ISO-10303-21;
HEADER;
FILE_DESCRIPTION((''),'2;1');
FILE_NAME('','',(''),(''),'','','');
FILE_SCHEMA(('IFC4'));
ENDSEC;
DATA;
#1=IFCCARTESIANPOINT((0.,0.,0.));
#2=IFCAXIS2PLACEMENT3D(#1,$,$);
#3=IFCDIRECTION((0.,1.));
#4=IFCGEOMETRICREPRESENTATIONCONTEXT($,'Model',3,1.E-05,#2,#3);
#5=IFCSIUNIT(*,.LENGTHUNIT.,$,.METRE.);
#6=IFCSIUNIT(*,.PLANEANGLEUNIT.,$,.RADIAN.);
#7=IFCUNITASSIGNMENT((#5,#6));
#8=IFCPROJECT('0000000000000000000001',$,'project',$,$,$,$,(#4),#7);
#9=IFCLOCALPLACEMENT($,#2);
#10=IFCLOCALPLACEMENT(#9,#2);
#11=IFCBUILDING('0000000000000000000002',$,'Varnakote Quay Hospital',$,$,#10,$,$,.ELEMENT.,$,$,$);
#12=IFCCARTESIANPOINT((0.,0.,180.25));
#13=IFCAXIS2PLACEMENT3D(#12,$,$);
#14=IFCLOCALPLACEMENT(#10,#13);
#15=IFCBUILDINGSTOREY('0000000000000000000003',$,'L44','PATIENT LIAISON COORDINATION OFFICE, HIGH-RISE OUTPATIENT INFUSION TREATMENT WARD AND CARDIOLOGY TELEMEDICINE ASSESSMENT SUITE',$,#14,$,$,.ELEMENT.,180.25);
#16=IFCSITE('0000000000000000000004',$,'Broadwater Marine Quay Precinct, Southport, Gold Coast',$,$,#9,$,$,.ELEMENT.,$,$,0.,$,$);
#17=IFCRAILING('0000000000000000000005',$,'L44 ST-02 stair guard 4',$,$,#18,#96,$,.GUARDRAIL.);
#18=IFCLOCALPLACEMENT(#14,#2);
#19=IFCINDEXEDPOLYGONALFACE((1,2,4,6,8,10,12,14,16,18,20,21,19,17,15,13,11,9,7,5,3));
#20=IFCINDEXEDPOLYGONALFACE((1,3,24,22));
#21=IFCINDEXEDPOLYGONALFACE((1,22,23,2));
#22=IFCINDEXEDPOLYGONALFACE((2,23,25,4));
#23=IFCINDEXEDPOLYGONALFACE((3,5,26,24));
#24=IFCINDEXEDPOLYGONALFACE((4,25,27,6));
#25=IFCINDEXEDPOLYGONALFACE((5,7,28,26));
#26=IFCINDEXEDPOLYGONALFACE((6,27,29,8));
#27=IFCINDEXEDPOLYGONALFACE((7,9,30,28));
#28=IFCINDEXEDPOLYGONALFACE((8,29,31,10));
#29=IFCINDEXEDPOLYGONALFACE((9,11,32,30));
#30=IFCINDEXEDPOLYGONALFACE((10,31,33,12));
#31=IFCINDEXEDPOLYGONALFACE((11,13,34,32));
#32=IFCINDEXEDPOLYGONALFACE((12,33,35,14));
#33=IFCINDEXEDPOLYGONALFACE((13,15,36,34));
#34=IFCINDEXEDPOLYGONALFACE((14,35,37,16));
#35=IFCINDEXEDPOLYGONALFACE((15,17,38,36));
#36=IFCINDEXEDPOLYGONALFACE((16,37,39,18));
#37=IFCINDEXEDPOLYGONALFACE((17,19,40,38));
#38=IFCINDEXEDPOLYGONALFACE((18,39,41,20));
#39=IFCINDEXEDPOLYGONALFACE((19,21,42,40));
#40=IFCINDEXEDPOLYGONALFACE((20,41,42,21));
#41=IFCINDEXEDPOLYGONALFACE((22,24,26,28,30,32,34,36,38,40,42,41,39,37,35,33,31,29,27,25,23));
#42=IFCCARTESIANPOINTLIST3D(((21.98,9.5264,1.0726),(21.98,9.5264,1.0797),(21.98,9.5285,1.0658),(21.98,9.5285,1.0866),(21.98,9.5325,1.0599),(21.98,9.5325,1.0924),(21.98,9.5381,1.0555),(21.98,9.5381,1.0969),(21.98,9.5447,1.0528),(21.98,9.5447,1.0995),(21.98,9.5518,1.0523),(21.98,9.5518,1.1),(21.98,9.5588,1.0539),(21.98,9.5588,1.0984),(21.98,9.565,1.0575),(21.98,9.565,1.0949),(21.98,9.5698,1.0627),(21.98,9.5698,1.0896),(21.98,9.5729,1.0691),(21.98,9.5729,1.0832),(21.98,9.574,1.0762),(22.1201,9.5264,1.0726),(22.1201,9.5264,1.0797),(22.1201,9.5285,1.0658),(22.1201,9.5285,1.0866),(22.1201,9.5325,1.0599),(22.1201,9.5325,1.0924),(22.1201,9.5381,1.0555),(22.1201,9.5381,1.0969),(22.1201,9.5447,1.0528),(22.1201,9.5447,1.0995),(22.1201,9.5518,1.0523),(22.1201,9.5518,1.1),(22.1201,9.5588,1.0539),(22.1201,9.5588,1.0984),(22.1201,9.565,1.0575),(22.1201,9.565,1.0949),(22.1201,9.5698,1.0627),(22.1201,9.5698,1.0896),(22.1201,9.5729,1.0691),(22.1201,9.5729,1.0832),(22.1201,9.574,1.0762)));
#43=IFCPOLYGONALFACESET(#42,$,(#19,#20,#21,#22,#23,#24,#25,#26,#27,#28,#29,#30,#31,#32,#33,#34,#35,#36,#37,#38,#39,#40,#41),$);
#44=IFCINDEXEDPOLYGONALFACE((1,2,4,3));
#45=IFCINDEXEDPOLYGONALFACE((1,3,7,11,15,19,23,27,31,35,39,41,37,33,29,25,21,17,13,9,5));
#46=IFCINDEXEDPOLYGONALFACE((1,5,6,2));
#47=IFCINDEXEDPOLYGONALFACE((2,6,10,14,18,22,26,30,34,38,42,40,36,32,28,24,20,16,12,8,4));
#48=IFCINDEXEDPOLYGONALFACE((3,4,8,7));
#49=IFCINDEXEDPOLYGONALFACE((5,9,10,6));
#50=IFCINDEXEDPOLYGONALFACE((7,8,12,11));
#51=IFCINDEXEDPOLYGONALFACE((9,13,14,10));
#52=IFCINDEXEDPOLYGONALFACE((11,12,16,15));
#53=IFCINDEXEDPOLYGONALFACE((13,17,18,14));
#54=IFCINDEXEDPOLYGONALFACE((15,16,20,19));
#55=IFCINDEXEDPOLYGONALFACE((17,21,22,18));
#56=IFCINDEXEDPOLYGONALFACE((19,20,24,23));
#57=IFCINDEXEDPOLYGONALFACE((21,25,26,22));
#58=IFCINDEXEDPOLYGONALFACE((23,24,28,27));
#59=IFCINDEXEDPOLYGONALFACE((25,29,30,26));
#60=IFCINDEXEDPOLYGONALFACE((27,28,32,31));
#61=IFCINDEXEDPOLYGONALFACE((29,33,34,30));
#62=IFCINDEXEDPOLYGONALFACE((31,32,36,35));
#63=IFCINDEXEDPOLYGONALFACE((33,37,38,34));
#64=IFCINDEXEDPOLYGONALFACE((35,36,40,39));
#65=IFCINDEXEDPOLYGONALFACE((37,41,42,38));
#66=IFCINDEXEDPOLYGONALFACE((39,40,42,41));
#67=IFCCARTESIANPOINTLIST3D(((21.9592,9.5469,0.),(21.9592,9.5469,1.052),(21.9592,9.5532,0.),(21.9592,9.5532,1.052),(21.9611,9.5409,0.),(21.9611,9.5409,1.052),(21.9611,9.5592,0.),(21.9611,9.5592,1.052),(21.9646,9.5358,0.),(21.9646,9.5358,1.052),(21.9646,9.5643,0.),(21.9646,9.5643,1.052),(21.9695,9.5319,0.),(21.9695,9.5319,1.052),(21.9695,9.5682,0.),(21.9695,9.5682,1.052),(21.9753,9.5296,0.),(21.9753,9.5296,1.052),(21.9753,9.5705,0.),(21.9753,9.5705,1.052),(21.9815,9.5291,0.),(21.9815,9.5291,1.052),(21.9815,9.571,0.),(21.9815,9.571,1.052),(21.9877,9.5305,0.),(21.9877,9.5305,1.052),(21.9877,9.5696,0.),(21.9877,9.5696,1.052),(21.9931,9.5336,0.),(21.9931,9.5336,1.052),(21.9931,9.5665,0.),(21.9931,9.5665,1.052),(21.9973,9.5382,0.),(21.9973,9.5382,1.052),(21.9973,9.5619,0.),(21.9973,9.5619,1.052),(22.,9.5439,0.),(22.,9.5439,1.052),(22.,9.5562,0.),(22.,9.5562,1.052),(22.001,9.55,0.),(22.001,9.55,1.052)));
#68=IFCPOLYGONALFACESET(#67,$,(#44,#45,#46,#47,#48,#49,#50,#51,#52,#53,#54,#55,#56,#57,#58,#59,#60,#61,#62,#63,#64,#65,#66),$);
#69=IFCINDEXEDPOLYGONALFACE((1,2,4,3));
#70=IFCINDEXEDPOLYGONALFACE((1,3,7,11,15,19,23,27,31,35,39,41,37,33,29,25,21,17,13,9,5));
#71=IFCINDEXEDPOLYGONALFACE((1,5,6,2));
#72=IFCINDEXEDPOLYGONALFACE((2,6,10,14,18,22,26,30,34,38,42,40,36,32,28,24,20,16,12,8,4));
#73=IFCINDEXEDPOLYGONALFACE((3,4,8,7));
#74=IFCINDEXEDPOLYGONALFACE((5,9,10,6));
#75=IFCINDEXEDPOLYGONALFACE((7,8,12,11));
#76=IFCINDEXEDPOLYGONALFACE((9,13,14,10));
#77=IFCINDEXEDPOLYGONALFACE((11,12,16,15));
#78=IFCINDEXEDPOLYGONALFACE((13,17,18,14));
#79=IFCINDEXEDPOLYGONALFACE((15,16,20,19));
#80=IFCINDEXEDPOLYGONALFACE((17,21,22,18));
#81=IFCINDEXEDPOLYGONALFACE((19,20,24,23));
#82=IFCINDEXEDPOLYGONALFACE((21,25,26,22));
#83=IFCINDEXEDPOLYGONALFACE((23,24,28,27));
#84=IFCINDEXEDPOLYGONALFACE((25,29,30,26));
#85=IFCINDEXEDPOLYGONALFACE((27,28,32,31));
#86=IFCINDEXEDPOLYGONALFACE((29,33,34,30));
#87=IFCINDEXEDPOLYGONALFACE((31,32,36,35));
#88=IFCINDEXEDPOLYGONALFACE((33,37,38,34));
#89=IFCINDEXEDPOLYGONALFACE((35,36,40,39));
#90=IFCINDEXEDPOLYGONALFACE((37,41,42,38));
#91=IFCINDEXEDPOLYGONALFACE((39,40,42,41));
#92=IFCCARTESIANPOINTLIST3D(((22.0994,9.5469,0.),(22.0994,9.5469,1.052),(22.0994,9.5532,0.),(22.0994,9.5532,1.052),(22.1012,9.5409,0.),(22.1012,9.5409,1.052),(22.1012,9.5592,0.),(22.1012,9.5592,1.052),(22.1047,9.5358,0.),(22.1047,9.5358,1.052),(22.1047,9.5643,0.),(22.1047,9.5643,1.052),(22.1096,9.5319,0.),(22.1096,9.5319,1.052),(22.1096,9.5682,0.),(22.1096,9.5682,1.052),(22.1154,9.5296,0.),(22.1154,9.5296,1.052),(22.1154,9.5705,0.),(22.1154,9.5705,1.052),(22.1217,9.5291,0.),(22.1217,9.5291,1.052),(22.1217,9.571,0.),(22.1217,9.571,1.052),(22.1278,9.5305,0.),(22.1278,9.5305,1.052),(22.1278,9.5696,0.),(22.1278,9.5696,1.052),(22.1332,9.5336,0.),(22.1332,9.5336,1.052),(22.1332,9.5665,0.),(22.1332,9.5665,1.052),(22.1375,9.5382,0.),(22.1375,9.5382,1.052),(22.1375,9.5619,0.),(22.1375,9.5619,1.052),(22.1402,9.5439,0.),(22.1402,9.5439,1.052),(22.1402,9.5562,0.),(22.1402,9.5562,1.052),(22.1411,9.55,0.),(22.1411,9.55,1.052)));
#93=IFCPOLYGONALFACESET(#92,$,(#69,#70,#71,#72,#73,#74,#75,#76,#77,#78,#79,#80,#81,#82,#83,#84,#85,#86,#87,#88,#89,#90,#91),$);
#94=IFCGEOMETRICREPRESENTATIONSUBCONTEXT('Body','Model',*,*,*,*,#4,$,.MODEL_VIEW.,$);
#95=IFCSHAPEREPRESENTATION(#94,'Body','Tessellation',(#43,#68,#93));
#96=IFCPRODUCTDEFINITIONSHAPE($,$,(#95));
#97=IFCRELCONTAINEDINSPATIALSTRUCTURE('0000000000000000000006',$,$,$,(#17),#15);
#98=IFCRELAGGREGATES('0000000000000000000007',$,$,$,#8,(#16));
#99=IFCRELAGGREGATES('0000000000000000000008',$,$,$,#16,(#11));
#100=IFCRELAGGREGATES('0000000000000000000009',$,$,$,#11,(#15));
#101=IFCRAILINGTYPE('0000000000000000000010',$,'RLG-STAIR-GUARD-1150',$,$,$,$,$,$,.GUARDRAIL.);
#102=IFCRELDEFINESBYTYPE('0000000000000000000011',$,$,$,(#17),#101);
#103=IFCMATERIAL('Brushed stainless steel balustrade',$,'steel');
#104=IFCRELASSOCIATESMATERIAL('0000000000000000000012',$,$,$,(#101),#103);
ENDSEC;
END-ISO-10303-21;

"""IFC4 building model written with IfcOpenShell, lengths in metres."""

from ifc_helpers import new_model, si_unit, direction, frame, origin, origin_2d, place, context, subcontext, project, spatial, circle, extrude, material, type_object, element, save


model = new_model("IFC4")

# Units and contexts
model_context = context("Model", 3, precision=1e-05, world=origin(), true_north=direction((0.0, 1.0)))
body_context = subcontext(model_context, "Body", "Model", "MODEL_VIEW")
ifc_project = project(units=[si_unit("LENGTHUNIT", "METRE"), si_unit("PLANEANGLEUNIT", "RADIAN")], contexts=[model_context])

# Site, building, storey
site_placement = place(None, origin())
site = spatial("IfcSite", under=ifc_project, at=site_placement, Name="Broadwater Marine Quay Precinct, Southport, Gold Coast", CompositionType="ELEMENT", RefElevation=0.0)
building_placement = place(site_placement, origin())
building = spatial("IfcBuilding", under=site, at=building_placement, Name="Varnakote Quay Hospital", CompositionType="ELEMENT")
storey_placement = place(building_placement, frame((0.0, 0.0, 180.25)))
storey = spatial("IfcBuildingStorey", under=building, at=storey_placement, Name="L44", Description="PATIENT LIAISON COORDINATION OFFICE, HIGH-RISE OUTPATIENT INFUSION TREATMENT WARD AND CARDIOLOGY TELEMEDICINE ASSESSMENT SUITE", CompositionType="ELEMENT", Elevation=180.25)

# Railing
ifc_material_1 = material(Name="Brushed stainless steel balustrade", Category="steel")
railing_type_1 = type_object("IfcRailingType", Name="RLG-STAIR-GUARD-1150", PredefinedType="GUARDRAIL", material=ifc_material_1)
railing_1_placement = place(storey_placement, frame((21.98, 9.55, 0.0)))
element("IfcRailing", 1, at=railing_1_placement, inside=storey, type_object=railing_type_1, Name="L44 ST-02 stair guard 4", PredefinedType="GUARDRAIL", context=body_context, shape_type="SweptSolid", body=[
    extrude(circle(Radius=0.0239, at=origin_2d()), frame((0.0, 0.0, 1.0762), z_axis=(1.0, 0.0, 0.0), x_axis=(0.0, 1.0, 0.0)), (0.0, 0.0, 1.0), 0.1401),
    extrude(circle(Radius=0.021, at=origin_2d()), origin(), (0.0, 0.0, 1.0), 1.052),
    extrude(circle(Radius=0.021, at=origin_2d()), frame((0.1401, 0.0, 0.0)), (0.0, 0.0, 1.0), 1.052),
])

save(model, "model.ifc")
